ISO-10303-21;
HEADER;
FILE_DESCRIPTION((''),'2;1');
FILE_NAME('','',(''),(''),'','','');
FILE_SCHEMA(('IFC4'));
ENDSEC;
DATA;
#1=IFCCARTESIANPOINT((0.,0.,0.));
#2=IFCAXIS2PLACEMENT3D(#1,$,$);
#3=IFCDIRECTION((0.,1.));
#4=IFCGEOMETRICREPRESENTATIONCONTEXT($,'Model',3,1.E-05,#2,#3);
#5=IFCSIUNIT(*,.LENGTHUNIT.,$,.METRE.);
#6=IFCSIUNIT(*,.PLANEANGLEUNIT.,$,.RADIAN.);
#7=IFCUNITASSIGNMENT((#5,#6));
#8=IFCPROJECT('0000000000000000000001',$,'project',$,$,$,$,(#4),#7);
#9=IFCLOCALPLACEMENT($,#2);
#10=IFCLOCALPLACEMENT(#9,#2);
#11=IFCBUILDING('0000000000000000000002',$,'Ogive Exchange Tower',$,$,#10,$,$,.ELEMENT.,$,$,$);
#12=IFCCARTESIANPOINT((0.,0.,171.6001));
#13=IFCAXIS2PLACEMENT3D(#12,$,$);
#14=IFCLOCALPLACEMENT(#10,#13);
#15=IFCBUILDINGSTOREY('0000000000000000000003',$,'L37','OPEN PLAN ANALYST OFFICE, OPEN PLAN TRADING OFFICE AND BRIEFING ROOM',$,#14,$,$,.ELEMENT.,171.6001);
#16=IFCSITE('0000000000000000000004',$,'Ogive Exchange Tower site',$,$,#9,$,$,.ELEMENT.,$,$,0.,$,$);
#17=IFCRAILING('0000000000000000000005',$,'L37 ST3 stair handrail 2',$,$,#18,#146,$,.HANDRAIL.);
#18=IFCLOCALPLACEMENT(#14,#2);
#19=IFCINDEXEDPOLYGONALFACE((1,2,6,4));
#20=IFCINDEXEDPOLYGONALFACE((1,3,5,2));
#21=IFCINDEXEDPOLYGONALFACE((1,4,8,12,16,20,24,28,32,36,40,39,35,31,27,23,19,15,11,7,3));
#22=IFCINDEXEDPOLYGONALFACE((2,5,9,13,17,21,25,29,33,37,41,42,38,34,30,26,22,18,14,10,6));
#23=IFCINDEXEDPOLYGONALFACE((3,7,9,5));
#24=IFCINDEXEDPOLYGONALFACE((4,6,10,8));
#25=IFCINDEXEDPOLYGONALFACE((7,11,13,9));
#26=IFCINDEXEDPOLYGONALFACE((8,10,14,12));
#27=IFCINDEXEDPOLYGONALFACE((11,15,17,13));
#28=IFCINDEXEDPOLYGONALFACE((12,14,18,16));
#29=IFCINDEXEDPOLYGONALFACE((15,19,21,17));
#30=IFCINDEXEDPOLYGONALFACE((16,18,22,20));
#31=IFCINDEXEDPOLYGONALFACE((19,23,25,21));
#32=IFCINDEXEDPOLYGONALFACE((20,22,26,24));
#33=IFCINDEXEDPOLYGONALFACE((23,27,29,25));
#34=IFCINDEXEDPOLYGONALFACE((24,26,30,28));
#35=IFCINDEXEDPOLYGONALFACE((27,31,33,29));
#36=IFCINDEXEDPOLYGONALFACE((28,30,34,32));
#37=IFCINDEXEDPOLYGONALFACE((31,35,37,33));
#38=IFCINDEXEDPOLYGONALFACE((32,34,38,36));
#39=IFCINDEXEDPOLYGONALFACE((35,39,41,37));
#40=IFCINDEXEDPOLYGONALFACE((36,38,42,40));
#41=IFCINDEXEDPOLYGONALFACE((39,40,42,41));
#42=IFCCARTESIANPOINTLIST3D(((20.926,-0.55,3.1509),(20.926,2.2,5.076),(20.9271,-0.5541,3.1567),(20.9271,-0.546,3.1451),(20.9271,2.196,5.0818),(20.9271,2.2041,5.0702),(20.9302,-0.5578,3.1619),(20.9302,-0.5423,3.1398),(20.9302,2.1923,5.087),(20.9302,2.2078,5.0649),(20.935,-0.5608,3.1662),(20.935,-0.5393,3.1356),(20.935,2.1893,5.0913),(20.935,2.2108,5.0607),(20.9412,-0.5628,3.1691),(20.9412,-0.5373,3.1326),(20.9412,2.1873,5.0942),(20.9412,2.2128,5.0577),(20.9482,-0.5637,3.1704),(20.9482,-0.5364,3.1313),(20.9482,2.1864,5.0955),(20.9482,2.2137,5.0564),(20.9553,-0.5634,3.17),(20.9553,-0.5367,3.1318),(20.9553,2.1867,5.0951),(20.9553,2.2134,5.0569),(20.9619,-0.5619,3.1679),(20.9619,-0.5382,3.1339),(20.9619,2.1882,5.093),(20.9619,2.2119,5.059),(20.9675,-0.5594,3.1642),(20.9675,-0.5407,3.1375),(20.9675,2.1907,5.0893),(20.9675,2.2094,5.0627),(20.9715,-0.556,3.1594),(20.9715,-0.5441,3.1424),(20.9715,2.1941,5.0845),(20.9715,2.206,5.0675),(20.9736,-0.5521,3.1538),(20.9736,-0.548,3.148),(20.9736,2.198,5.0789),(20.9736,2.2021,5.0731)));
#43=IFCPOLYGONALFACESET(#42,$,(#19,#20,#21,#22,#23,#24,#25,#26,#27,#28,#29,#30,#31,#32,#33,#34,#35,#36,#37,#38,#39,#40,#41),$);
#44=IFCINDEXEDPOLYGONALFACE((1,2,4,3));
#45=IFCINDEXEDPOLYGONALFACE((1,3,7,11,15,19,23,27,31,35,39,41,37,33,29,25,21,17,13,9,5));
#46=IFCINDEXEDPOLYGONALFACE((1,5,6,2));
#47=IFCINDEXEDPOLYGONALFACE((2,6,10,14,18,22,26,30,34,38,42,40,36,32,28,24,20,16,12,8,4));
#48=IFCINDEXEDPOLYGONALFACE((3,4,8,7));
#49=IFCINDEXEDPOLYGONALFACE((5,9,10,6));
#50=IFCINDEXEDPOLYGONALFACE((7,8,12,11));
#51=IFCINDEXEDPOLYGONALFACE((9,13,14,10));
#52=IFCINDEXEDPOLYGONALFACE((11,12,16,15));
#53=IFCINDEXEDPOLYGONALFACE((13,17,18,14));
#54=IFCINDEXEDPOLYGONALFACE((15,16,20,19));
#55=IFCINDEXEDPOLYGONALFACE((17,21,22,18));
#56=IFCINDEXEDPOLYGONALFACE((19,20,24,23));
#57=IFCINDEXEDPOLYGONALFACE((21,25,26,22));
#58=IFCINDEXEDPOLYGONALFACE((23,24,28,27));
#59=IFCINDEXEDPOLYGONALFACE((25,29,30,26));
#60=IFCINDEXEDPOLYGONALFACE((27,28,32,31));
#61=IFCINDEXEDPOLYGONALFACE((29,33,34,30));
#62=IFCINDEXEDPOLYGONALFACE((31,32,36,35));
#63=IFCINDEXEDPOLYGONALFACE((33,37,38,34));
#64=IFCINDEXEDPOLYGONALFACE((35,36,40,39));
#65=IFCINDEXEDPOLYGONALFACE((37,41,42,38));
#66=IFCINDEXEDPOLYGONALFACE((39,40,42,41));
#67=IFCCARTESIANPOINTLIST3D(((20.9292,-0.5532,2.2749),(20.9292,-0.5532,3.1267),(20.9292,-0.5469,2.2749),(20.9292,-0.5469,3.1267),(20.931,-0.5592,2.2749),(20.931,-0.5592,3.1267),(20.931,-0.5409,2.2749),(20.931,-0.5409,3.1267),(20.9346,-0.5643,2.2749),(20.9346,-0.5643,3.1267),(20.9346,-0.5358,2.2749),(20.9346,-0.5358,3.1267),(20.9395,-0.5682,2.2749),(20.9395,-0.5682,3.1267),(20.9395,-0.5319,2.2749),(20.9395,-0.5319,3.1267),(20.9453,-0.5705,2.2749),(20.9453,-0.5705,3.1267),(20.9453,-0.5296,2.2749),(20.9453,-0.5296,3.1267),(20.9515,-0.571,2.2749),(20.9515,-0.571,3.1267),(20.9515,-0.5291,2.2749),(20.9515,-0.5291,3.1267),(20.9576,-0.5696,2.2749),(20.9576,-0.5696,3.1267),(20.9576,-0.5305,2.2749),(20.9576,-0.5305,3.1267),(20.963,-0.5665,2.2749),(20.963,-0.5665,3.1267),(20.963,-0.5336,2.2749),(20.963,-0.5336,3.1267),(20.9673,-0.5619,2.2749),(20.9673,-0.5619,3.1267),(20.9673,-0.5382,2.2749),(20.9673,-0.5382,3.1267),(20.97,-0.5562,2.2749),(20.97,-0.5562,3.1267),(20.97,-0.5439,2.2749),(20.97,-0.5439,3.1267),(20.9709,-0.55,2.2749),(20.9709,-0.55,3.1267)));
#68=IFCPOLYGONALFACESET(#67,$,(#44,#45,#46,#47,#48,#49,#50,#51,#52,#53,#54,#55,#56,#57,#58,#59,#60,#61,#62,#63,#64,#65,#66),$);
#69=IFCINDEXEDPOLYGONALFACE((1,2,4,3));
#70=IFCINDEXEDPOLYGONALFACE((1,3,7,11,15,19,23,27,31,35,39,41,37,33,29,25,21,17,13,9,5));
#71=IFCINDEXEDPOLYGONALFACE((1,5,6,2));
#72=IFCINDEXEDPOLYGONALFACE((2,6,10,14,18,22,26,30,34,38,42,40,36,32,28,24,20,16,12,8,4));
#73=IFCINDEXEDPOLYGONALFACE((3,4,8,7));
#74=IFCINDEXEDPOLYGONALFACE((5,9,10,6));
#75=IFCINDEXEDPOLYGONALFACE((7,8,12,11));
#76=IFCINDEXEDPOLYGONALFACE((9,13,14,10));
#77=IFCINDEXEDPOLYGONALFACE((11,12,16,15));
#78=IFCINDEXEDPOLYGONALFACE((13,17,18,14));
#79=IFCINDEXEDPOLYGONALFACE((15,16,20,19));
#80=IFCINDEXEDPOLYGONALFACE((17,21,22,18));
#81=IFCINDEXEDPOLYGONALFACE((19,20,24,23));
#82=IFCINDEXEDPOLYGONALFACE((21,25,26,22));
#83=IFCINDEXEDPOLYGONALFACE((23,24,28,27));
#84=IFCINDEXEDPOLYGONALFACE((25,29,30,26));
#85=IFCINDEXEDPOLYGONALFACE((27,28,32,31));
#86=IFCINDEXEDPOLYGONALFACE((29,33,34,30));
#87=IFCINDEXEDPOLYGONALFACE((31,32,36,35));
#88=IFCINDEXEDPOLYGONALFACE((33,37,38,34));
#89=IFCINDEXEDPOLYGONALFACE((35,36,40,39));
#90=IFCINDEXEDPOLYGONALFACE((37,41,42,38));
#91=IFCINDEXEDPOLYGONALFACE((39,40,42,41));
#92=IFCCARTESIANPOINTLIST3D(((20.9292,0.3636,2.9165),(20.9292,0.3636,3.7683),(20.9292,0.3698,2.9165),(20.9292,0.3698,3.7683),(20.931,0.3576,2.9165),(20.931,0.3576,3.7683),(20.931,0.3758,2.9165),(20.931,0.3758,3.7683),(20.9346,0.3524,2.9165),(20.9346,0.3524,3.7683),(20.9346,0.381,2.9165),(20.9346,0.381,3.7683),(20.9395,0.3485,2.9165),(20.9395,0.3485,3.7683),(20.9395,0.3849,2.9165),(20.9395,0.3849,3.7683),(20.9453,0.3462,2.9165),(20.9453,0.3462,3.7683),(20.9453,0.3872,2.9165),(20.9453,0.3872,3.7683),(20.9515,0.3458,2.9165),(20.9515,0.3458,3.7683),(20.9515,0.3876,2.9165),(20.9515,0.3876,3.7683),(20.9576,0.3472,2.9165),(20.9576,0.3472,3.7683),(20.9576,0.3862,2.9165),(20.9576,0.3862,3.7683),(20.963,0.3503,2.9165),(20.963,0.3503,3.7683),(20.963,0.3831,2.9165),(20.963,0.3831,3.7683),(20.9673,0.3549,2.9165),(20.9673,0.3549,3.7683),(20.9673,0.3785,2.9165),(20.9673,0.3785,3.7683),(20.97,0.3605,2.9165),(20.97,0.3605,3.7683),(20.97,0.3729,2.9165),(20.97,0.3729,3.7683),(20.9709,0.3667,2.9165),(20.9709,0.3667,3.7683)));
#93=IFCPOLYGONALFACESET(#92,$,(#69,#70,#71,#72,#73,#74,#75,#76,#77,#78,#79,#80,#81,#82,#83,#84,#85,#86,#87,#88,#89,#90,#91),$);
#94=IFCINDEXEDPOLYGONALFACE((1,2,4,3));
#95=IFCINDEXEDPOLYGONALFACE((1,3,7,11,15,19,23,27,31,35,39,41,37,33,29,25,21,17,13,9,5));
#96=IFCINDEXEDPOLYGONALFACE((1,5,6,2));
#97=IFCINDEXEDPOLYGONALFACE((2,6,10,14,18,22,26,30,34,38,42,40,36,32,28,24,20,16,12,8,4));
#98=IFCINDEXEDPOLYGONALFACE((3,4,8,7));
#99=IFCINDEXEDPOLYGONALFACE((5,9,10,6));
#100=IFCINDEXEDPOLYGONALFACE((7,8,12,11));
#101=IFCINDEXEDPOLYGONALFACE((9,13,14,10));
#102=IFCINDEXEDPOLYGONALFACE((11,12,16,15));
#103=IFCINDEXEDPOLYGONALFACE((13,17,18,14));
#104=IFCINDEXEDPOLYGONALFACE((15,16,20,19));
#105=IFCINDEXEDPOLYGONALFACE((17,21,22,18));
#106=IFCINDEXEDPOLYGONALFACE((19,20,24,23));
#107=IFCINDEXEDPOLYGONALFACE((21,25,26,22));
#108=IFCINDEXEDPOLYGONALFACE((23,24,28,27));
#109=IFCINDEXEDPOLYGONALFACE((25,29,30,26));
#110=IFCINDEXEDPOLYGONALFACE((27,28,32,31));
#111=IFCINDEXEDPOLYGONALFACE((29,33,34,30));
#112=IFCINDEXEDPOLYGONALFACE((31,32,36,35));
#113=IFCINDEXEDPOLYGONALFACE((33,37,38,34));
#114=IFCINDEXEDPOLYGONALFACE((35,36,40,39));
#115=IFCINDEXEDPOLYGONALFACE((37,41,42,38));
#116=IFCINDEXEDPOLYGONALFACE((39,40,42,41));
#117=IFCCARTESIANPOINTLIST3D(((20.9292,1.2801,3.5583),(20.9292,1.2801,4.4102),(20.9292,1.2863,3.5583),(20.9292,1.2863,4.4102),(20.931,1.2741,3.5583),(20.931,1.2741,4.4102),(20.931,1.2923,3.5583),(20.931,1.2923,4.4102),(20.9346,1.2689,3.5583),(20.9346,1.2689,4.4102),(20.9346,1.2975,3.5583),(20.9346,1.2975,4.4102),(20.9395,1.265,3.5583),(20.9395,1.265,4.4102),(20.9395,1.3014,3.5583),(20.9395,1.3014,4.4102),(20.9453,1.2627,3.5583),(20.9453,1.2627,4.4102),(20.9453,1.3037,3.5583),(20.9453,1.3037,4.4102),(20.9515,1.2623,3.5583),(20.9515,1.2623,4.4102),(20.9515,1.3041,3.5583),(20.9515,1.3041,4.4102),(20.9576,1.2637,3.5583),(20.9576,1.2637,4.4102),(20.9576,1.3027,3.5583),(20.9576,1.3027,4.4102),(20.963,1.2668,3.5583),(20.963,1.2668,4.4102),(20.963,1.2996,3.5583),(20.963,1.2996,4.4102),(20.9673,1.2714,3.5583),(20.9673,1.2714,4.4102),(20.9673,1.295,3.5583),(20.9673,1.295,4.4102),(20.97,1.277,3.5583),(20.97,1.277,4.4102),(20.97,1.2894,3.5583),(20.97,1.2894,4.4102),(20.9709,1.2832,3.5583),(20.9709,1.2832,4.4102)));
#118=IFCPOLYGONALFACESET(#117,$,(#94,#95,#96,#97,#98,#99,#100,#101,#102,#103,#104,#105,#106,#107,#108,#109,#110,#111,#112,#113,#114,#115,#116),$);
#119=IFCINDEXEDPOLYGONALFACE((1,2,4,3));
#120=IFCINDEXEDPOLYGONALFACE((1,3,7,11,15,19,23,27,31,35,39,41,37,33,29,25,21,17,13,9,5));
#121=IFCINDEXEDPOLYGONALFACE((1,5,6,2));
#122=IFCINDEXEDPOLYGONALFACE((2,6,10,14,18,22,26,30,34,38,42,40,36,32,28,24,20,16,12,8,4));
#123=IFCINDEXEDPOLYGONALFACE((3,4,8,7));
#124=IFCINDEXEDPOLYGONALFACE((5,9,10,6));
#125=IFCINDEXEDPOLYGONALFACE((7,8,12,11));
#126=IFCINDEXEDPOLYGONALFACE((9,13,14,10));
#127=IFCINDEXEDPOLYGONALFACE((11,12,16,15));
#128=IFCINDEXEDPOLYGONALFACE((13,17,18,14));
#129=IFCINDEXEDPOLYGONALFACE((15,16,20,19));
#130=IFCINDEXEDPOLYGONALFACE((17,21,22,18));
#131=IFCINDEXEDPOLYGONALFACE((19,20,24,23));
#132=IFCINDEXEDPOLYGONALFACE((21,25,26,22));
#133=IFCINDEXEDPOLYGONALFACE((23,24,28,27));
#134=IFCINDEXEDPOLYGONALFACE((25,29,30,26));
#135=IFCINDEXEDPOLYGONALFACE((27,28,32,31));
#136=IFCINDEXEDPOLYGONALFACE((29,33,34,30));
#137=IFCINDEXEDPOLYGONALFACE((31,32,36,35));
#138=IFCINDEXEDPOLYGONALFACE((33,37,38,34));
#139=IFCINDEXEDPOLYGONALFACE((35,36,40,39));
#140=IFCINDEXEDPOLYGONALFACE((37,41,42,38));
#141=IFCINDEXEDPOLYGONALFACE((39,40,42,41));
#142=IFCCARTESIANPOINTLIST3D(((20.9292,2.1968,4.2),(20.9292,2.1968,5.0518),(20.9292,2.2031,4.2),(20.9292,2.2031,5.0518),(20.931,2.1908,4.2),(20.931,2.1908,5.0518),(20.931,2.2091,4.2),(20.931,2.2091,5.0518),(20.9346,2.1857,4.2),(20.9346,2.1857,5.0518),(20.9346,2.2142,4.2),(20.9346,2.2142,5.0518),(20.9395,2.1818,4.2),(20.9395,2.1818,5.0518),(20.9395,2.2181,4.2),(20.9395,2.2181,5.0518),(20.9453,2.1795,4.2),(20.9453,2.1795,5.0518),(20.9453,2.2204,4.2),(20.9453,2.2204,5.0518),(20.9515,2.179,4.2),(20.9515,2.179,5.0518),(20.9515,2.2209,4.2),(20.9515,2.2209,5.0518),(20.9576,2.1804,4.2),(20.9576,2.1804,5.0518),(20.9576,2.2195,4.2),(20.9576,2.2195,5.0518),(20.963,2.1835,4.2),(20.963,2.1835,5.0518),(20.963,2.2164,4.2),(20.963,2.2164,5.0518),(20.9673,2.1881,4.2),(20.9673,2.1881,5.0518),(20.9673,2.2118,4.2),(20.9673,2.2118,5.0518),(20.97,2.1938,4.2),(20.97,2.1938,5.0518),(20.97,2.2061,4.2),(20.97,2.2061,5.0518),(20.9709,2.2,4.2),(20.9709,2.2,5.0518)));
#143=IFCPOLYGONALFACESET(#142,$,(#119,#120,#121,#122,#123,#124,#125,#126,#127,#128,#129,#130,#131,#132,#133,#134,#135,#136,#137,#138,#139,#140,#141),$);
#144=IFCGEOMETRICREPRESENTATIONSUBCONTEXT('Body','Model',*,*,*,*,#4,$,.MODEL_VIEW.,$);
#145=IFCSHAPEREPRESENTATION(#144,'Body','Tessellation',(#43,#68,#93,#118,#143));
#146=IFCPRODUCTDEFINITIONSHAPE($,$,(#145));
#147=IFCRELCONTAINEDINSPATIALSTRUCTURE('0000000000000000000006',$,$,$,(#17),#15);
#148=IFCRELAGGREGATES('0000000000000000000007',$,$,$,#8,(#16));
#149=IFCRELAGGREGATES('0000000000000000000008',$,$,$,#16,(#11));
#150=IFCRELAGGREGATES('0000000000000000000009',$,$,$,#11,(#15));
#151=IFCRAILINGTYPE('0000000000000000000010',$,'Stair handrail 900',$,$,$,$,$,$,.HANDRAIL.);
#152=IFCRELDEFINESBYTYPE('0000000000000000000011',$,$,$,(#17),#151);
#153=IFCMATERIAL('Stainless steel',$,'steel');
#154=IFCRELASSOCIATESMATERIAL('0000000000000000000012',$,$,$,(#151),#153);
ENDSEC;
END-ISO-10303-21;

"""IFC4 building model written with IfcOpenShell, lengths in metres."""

from ifc_helpers import new_model, si_unit, direction, frame, origin, origin_2d, place, context, subcontext, project, spatial, circle, extrude, material, type_object, element, save


model = new_model("IFC4")

# Units and contexts
model_context = context("Model", 3, precision=1e-05, world=origin(), true_north=direction((0.0, 1.0)))
body_context = subcontext(model_context, "Body", "Model", "MODEL_VIEW")
ifc_project = project(units=[si_unit("LENGTHUNIT", "METRE"), si_unit("PLANEANGLEUNIT", "RADIAN")], contexts=[model_context])

# Site, building, storey
site_placement = place(None, origin())
site = spatial("IfcSite", under=ifc_project, at=site_placement, Name="Ogive Exchange Tower site", CompositionType="ELEMENT", RefElevation=0.0)
building_placement = place(site_placement, origin())
building = spatial("IfcBuilding", under=site, at=building_placement, Name="Ogive Exchange Tower", CompositionType="ELEMENT")
storey_placement = place(building_placement, frame((0.0, 0.0, 171.6001)))
storey = spatial("IfcBuildingStorey", under=building, at=storey_placement, Name="L37", Description="OPEN PLAN ANALYST OFFICE, OPEN PLAN TRADING OFFICE AND BRIEFING ROOM", CompositionType="ELEMENT", Elevation=171.6001)

# Shared definitions
ifc_material_1 = material(Name="Stainless steel", Category="steel")

# Railing
railing_type = type_object("IfcRailingType", Name="Stair handrail 900", PredefinedType="HANDRAIL", material=ifc_material_1)
railing_1_placement = place(storey_placement, frame((20.95, -0.55, 2.2749)))
element("IfcRailing", 1, at=railing_1_placement, inside=storey, type_object=railing_type, Name="L37 ST3 stair handrail 2", PredefinedType="HANDRAIL", context=body_context, shape_type="SweptSolid", body=[
    extrude(circle(Radius=0.0239, at=origin_2d()), frame((0.0, 0.0, 0.876), z_axis=(0.0, 0.819225, 0.573472), x_axis=(-1.0, 0.0, 0.0)), (0.0, 0.0, 1.0), 3.3569),
    extrude(circle(Radius=0.021, at=origin_2d()), origin(), (0.0, 0.0, 1.0), 0.8518),
    extrude(circle(Radius=0.021, at=origin_2d()), frame((0.0, 0.9167, 0.6416)), (0.0, 0.0, 1.0), 0.8518),
    extrude(circle(Radius=0.021, at=origin_2d()), frame((0.0, 1.8333, 1.2834)), (0.0, 0.0, 1.0), 0.8518),
    extrude(circle(Radius=0.021, at=origin_2d()), frame((0.0, 2.75, 1.925)), (0.0, 0.0, 1.0), 0.8518),
])

save(model, "model.ifc")
